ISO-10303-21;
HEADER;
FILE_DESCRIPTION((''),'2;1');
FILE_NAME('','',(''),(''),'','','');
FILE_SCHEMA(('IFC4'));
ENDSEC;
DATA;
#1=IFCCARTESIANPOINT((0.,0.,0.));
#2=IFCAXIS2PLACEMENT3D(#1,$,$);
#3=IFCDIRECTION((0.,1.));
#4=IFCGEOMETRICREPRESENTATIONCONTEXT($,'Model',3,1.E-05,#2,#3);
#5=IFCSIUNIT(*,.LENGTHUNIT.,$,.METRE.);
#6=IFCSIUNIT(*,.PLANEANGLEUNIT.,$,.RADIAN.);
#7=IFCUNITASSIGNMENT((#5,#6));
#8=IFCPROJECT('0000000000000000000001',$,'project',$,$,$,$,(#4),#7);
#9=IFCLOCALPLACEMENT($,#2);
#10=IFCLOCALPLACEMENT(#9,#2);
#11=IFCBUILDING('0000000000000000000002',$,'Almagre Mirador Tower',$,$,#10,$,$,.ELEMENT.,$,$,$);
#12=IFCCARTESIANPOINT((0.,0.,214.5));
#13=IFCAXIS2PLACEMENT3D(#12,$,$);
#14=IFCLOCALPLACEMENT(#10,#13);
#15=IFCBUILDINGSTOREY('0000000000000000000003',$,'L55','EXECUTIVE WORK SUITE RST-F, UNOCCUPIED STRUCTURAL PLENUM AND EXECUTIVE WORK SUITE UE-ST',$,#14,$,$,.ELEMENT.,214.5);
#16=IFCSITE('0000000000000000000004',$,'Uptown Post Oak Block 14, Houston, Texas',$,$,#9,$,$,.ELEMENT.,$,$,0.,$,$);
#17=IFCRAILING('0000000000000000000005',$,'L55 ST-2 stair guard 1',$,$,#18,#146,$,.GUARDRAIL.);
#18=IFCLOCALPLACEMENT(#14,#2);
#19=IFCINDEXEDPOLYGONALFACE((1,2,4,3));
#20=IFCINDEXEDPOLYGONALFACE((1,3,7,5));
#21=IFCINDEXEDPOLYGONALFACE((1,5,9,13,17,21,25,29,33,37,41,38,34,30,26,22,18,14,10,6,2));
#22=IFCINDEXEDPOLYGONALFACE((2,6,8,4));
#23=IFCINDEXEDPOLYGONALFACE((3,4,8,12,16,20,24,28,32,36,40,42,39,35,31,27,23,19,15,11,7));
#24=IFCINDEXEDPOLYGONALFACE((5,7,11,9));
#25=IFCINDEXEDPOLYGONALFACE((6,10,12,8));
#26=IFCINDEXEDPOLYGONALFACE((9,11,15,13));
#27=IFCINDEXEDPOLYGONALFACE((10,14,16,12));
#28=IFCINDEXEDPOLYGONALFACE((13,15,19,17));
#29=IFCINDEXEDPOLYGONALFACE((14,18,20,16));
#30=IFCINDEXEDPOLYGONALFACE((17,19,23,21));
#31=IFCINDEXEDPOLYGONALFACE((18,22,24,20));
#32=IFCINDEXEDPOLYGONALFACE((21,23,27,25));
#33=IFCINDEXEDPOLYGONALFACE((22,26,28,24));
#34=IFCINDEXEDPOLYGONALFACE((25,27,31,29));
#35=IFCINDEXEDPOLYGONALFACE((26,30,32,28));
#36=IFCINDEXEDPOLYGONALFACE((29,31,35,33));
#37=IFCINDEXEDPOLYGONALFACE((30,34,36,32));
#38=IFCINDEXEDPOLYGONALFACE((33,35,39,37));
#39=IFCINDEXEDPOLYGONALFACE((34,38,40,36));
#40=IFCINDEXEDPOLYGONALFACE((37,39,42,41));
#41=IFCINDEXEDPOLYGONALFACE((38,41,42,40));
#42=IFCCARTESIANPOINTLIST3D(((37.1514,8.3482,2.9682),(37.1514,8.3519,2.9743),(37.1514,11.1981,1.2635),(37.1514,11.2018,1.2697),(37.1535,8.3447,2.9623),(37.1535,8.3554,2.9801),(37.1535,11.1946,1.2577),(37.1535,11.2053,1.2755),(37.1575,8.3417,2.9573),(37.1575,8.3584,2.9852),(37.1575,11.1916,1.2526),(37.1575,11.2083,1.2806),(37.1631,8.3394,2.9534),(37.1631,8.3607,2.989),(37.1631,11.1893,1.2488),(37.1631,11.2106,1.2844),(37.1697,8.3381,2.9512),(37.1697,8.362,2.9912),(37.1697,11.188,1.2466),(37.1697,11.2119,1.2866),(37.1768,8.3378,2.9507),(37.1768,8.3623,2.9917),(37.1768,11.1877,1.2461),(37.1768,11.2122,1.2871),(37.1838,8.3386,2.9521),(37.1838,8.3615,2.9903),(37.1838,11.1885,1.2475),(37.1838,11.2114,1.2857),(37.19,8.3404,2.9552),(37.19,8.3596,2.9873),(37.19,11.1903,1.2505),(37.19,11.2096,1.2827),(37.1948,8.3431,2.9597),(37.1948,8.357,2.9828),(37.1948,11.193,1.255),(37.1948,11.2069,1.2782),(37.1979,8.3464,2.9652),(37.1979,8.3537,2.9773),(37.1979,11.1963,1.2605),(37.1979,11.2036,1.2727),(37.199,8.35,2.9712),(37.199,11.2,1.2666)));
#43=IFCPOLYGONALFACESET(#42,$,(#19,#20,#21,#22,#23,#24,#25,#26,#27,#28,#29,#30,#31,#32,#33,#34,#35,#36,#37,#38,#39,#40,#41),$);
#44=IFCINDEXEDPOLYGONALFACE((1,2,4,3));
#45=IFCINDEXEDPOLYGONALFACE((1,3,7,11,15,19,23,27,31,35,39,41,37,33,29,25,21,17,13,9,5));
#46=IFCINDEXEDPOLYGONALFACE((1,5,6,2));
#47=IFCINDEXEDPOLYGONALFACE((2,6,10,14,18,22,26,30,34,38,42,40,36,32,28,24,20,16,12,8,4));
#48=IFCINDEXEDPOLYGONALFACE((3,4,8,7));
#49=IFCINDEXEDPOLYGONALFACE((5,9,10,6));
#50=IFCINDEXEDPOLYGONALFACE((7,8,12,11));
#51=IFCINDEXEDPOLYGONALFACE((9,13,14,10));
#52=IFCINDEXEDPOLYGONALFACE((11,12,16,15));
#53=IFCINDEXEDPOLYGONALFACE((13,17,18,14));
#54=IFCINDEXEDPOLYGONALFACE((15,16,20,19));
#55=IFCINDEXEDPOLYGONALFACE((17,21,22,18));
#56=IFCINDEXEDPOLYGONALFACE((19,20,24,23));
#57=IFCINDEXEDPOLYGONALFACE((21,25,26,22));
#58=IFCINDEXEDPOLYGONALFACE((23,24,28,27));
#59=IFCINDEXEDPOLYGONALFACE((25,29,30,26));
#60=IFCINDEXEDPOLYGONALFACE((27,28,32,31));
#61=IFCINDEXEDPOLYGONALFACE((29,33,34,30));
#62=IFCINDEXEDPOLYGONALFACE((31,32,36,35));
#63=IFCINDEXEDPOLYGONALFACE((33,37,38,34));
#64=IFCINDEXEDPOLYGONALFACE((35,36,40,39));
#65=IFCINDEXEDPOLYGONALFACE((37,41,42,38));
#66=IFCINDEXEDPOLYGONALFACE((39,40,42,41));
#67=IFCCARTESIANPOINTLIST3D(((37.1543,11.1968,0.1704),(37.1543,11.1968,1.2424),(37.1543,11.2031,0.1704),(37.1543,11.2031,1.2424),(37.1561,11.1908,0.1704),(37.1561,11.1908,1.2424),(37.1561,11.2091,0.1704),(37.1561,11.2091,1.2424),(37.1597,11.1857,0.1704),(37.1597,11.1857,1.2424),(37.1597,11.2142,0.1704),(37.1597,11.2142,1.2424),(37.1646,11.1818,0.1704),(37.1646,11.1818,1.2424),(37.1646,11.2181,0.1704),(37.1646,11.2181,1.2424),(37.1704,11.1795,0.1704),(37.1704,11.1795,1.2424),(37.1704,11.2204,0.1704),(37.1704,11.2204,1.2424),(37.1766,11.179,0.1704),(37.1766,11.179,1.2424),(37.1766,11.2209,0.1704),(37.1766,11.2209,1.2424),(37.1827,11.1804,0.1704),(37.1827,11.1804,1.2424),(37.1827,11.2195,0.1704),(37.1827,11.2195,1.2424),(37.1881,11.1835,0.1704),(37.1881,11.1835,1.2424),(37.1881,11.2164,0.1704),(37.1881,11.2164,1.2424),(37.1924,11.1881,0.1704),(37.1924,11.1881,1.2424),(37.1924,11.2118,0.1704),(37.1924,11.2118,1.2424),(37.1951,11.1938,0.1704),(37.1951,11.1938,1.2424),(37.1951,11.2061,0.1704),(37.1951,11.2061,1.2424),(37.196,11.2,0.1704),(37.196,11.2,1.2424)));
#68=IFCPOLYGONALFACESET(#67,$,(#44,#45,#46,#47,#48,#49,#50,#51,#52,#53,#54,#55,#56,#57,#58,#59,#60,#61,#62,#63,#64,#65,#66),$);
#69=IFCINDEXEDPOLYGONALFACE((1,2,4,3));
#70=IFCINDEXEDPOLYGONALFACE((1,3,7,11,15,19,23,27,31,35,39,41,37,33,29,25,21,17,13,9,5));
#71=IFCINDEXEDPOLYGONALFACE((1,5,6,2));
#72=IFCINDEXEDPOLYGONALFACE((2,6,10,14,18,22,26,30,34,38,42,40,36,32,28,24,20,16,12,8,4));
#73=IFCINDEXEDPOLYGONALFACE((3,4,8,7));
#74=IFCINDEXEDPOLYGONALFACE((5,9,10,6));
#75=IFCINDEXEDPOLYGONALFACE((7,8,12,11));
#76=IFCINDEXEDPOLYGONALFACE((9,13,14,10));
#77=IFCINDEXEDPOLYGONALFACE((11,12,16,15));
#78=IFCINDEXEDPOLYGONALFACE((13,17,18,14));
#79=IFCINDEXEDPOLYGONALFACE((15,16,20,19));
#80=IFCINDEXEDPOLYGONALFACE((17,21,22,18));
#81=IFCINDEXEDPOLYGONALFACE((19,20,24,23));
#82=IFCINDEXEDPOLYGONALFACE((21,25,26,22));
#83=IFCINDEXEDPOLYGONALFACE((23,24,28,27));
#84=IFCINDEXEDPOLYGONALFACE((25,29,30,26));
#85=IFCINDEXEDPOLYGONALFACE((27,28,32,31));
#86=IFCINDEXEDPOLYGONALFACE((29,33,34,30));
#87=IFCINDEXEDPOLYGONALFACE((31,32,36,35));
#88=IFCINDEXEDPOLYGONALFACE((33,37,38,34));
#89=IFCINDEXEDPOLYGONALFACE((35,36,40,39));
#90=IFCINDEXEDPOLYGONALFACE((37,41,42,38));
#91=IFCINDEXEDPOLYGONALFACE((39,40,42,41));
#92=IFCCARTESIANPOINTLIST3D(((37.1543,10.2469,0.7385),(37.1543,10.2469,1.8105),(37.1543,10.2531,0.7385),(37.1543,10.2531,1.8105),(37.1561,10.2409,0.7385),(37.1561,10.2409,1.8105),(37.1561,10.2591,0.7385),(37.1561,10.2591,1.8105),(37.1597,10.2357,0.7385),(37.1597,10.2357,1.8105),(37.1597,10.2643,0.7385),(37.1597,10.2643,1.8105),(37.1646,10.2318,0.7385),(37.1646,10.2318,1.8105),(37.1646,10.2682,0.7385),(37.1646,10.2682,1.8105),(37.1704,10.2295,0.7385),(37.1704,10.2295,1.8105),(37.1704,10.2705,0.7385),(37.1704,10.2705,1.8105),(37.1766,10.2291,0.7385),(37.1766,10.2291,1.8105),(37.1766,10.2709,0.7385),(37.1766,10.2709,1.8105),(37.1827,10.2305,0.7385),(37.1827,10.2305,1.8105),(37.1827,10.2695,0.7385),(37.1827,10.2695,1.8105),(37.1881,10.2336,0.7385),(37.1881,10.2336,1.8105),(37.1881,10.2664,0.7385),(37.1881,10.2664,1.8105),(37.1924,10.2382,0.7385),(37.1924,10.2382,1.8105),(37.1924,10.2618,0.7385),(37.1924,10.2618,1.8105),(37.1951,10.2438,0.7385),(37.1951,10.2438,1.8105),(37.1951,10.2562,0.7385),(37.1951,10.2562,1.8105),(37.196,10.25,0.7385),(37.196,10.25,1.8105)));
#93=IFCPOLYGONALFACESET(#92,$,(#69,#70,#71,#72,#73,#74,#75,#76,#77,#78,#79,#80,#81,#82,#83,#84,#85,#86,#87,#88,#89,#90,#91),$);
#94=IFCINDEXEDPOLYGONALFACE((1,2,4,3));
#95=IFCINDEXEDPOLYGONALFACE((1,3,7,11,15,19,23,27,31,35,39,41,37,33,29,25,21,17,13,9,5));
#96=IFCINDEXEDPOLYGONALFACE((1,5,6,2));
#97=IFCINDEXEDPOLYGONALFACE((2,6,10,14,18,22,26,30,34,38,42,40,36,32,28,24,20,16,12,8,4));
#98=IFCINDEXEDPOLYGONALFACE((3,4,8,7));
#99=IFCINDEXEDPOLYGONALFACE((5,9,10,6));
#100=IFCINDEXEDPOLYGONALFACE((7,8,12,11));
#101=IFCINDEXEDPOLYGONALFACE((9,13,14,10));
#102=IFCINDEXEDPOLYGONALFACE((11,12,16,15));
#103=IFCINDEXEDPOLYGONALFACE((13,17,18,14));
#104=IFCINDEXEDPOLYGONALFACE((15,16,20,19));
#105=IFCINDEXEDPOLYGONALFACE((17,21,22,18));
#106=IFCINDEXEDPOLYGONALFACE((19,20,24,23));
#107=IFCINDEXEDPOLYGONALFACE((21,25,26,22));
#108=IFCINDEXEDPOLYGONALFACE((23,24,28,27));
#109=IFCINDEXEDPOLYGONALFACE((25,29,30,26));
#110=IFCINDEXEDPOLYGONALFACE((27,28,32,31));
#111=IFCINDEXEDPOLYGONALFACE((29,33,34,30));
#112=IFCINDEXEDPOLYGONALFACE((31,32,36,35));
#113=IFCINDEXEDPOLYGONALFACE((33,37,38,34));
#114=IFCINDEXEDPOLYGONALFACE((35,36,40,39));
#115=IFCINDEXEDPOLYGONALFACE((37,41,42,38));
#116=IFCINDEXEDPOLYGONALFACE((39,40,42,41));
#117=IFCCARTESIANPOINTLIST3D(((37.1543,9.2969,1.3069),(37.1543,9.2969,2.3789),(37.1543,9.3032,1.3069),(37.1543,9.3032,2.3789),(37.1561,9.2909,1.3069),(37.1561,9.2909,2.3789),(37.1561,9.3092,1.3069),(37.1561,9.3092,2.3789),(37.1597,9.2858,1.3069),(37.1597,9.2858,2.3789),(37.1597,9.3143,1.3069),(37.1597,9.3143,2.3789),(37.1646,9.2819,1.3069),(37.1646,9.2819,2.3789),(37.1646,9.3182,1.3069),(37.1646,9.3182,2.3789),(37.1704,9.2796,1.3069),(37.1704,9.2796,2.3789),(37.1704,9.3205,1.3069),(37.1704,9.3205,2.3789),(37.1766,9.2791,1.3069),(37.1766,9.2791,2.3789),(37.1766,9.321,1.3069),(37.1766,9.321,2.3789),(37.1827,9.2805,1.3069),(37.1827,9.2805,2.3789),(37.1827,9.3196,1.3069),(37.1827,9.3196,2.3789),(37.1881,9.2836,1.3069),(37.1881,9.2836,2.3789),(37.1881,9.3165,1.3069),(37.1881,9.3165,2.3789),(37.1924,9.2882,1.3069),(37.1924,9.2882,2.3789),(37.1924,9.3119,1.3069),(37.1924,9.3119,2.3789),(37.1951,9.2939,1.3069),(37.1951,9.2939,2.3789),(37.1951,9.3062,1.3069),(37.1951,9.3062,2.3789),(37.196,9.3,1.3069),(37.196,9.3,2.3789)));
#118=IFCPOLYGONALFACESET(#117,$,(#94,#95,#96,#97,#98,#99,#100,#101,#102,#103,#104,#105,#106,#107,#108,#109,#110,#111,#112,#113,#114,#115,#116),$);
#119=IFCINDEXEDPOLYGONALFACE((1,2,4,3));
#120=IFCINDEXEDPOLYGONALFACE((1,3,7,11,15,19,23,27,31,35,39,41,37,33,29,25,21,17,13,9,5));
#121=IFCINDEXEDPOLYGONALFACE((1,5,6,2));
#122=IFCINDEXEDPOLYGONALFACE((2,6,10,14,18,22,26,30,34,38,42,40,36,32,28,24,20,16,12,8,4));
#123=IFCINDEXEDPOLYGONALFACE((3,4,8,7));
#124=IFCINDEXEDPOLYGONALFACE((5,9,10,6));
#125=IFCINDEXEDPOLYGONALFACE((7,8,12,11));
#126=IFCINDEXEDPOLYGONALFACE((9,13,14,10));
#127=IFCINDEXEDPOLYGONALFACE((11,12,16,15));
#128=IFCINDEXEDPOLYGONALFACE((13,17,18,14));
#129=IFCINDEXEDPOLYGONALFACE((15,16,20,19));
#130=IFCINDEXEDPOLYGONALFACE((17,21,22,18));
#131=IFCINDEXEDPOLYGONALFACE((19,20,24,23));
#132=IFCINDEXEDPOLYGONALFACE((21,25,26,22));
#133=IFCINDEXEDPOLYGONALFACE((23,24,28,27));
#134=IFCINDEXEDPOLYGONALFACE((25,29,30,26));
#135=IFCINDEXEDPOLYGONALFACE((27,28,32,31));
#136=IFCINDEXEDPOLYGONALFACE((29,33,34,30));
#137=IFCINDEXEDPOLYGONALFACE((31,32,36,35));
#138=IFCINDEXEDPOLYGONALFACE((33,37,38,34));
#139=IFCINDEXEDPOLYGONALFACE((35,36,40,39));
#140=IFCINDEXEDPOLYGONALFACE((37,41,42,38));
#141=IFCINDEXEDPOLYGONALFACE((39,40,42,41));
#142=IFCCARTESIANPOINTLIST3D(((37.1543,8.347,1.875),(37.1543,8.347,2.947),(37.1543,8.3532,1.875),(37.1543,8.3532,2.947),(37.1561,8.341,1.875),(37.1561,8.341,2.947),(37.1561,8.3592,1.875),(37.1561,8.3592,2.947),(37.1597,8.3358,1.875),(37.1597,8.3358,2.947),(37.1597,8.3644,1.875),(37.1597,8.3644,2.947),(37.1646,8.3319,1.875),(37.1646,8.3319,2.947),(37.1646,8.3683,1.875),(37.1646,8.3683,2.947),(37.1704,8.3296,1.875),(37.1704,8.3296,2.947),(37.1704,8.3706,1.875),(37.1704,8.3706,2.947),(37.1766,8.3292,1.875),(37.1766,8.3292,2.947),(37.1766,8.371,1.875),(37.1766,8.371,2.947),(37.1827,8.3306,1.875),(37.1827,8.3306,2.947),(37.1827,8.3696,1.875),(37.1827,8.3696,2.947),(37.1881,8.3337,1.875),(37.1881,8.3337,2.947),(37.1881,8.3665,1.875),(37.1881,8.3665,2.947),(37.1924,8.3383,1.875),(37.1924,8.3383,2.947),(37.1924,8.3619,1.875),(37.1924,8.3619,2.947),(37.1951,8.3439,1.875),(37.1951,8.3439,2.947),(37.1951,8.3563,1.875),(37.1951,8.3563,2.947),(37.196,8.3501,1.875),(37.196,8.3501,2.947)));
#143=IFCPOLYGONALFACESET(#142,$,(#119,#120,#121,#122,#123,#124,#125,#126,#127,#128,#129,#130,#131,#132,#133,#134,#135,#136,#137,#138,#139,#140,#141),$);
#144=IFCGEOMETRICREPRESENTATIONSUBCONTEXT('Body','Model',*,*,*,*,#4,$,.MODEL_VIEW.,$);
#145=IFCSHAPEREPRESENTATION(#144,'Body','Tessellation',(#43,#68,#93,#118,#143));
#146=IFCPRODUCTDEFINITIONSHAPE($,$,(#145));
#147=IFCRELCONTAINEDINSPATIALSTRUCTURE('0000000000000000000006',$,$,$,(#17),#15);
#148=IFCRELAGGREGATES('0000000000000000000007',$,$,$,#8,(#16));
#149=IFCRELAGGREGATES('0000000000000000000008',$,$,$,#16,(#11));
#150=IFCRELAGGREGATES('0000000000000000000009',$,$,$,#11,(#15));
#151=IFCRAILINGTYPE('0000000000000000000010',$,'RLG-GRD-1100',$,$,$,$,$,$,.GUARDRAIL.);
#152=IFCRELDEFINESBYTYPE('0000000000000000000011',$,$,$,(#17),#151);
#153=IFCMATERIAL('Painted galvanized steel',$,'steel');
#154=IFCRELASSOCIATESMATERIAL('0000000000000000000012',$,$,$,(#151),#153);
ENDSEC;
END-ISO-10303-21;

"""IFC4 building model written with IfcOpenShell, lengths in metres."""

from ifc_helpers import new_model, si_unit, direction, frame, origin, origin_2d, place, context, subcontext, project, spatial, circle, extrude, material, type_object, element, save


model = new_model("IFC4")

# Units and contexts
model_context = context("Model", 3, precision=1e-05, world=origin(), true_north=direction((0.0, 1.0)))
body_context = subcontext(model_context, "Body", "Model", "MODEL_VIEW")
ifc_project = project(units=[si_unit("LENGTHUNIT", "METRE"), si_unit("PLANEANGLEUNIT", "RADIAN")], contexts=[model_context])

# Site, building, storey
site_placement = place(None, origin())
site = spatial("IfcSite", under=ifc_project, at=site_placement, Name="Uptown Post Oak Block 14, Houston, Texas", CompositionType="ELEMENT", RefElevation=0.0)
building_placement = place(site_placement, origin())
building = spatial("IfcBuilding", under=site, at=building_placement, Name="Almagre Mirador Tower", CompositionType="ELEMENT")
storey_placement = place(building_placement, frame((0.0, 0.0, 214.5)))
storey = spatial("IfcBuildingStorey", under=building, at=storey_placement, Name="L55", Description="EXECUTIVE WORK SUITE RST-F, UNOCCUPIED STRUCTURAL PLENUM AND EXECUTIVE WORK SUITE UE-ST", CompositionType="ELEMENT", Elevation=214.5)

# Railing
ifc_material_1 = material(Name="Painted galvanized steel", Category="steel")
railing_type_1 = type_object("IfcRailingType", Name="RLG-GRD-1100", PredefinedType="GUARDRAIL", material=ifc_material_1)
railing_1_placement = place(storey_placement, frame((37.175, 11.2, 0.1704)))
element("IfcRailing", 1, at=railing_1_placement, inside=storey, type_object=railing_type_1, Name="L55 ST-2 stair guard 1", PredefinedType="GUARDRAIL", context=body_context, shape_type="SweptSolid", body=[
    extrude(circle(Radius=0.0239, at=origin_2d()), frame((0.0, 0.0, 1.0962), z_axis=(0.0, -0.858199, 0.513317), x_axis=(1.0, 0.0, 0.0)), (0.0, 0.0, 1.0), 3.3208),
    extrude(circle(Radius=0.021, at=origin_2d()), origin(), (0.0, 0.0, 1.0), 1.072),
    extrude(circle(Radius=0.021, at=origin_2d()), frame((0.0, -0.95, 0.5681)), (0.0, 0.0, 1.0), 1.072),
    extrude(circle(Radius=0.021, at=origin_2d()), frame((0.0, -1.8999, 1.1365)), (0.0, 0.0, 1.0), 1.072),
    extrude(circle(Radius=0.021, at=origin_2d()), frame((0.0, -2.8499, 1.7046)), (0.0, 0.0, 1.0), 1.072),
])

save(model, "model.ifc")
